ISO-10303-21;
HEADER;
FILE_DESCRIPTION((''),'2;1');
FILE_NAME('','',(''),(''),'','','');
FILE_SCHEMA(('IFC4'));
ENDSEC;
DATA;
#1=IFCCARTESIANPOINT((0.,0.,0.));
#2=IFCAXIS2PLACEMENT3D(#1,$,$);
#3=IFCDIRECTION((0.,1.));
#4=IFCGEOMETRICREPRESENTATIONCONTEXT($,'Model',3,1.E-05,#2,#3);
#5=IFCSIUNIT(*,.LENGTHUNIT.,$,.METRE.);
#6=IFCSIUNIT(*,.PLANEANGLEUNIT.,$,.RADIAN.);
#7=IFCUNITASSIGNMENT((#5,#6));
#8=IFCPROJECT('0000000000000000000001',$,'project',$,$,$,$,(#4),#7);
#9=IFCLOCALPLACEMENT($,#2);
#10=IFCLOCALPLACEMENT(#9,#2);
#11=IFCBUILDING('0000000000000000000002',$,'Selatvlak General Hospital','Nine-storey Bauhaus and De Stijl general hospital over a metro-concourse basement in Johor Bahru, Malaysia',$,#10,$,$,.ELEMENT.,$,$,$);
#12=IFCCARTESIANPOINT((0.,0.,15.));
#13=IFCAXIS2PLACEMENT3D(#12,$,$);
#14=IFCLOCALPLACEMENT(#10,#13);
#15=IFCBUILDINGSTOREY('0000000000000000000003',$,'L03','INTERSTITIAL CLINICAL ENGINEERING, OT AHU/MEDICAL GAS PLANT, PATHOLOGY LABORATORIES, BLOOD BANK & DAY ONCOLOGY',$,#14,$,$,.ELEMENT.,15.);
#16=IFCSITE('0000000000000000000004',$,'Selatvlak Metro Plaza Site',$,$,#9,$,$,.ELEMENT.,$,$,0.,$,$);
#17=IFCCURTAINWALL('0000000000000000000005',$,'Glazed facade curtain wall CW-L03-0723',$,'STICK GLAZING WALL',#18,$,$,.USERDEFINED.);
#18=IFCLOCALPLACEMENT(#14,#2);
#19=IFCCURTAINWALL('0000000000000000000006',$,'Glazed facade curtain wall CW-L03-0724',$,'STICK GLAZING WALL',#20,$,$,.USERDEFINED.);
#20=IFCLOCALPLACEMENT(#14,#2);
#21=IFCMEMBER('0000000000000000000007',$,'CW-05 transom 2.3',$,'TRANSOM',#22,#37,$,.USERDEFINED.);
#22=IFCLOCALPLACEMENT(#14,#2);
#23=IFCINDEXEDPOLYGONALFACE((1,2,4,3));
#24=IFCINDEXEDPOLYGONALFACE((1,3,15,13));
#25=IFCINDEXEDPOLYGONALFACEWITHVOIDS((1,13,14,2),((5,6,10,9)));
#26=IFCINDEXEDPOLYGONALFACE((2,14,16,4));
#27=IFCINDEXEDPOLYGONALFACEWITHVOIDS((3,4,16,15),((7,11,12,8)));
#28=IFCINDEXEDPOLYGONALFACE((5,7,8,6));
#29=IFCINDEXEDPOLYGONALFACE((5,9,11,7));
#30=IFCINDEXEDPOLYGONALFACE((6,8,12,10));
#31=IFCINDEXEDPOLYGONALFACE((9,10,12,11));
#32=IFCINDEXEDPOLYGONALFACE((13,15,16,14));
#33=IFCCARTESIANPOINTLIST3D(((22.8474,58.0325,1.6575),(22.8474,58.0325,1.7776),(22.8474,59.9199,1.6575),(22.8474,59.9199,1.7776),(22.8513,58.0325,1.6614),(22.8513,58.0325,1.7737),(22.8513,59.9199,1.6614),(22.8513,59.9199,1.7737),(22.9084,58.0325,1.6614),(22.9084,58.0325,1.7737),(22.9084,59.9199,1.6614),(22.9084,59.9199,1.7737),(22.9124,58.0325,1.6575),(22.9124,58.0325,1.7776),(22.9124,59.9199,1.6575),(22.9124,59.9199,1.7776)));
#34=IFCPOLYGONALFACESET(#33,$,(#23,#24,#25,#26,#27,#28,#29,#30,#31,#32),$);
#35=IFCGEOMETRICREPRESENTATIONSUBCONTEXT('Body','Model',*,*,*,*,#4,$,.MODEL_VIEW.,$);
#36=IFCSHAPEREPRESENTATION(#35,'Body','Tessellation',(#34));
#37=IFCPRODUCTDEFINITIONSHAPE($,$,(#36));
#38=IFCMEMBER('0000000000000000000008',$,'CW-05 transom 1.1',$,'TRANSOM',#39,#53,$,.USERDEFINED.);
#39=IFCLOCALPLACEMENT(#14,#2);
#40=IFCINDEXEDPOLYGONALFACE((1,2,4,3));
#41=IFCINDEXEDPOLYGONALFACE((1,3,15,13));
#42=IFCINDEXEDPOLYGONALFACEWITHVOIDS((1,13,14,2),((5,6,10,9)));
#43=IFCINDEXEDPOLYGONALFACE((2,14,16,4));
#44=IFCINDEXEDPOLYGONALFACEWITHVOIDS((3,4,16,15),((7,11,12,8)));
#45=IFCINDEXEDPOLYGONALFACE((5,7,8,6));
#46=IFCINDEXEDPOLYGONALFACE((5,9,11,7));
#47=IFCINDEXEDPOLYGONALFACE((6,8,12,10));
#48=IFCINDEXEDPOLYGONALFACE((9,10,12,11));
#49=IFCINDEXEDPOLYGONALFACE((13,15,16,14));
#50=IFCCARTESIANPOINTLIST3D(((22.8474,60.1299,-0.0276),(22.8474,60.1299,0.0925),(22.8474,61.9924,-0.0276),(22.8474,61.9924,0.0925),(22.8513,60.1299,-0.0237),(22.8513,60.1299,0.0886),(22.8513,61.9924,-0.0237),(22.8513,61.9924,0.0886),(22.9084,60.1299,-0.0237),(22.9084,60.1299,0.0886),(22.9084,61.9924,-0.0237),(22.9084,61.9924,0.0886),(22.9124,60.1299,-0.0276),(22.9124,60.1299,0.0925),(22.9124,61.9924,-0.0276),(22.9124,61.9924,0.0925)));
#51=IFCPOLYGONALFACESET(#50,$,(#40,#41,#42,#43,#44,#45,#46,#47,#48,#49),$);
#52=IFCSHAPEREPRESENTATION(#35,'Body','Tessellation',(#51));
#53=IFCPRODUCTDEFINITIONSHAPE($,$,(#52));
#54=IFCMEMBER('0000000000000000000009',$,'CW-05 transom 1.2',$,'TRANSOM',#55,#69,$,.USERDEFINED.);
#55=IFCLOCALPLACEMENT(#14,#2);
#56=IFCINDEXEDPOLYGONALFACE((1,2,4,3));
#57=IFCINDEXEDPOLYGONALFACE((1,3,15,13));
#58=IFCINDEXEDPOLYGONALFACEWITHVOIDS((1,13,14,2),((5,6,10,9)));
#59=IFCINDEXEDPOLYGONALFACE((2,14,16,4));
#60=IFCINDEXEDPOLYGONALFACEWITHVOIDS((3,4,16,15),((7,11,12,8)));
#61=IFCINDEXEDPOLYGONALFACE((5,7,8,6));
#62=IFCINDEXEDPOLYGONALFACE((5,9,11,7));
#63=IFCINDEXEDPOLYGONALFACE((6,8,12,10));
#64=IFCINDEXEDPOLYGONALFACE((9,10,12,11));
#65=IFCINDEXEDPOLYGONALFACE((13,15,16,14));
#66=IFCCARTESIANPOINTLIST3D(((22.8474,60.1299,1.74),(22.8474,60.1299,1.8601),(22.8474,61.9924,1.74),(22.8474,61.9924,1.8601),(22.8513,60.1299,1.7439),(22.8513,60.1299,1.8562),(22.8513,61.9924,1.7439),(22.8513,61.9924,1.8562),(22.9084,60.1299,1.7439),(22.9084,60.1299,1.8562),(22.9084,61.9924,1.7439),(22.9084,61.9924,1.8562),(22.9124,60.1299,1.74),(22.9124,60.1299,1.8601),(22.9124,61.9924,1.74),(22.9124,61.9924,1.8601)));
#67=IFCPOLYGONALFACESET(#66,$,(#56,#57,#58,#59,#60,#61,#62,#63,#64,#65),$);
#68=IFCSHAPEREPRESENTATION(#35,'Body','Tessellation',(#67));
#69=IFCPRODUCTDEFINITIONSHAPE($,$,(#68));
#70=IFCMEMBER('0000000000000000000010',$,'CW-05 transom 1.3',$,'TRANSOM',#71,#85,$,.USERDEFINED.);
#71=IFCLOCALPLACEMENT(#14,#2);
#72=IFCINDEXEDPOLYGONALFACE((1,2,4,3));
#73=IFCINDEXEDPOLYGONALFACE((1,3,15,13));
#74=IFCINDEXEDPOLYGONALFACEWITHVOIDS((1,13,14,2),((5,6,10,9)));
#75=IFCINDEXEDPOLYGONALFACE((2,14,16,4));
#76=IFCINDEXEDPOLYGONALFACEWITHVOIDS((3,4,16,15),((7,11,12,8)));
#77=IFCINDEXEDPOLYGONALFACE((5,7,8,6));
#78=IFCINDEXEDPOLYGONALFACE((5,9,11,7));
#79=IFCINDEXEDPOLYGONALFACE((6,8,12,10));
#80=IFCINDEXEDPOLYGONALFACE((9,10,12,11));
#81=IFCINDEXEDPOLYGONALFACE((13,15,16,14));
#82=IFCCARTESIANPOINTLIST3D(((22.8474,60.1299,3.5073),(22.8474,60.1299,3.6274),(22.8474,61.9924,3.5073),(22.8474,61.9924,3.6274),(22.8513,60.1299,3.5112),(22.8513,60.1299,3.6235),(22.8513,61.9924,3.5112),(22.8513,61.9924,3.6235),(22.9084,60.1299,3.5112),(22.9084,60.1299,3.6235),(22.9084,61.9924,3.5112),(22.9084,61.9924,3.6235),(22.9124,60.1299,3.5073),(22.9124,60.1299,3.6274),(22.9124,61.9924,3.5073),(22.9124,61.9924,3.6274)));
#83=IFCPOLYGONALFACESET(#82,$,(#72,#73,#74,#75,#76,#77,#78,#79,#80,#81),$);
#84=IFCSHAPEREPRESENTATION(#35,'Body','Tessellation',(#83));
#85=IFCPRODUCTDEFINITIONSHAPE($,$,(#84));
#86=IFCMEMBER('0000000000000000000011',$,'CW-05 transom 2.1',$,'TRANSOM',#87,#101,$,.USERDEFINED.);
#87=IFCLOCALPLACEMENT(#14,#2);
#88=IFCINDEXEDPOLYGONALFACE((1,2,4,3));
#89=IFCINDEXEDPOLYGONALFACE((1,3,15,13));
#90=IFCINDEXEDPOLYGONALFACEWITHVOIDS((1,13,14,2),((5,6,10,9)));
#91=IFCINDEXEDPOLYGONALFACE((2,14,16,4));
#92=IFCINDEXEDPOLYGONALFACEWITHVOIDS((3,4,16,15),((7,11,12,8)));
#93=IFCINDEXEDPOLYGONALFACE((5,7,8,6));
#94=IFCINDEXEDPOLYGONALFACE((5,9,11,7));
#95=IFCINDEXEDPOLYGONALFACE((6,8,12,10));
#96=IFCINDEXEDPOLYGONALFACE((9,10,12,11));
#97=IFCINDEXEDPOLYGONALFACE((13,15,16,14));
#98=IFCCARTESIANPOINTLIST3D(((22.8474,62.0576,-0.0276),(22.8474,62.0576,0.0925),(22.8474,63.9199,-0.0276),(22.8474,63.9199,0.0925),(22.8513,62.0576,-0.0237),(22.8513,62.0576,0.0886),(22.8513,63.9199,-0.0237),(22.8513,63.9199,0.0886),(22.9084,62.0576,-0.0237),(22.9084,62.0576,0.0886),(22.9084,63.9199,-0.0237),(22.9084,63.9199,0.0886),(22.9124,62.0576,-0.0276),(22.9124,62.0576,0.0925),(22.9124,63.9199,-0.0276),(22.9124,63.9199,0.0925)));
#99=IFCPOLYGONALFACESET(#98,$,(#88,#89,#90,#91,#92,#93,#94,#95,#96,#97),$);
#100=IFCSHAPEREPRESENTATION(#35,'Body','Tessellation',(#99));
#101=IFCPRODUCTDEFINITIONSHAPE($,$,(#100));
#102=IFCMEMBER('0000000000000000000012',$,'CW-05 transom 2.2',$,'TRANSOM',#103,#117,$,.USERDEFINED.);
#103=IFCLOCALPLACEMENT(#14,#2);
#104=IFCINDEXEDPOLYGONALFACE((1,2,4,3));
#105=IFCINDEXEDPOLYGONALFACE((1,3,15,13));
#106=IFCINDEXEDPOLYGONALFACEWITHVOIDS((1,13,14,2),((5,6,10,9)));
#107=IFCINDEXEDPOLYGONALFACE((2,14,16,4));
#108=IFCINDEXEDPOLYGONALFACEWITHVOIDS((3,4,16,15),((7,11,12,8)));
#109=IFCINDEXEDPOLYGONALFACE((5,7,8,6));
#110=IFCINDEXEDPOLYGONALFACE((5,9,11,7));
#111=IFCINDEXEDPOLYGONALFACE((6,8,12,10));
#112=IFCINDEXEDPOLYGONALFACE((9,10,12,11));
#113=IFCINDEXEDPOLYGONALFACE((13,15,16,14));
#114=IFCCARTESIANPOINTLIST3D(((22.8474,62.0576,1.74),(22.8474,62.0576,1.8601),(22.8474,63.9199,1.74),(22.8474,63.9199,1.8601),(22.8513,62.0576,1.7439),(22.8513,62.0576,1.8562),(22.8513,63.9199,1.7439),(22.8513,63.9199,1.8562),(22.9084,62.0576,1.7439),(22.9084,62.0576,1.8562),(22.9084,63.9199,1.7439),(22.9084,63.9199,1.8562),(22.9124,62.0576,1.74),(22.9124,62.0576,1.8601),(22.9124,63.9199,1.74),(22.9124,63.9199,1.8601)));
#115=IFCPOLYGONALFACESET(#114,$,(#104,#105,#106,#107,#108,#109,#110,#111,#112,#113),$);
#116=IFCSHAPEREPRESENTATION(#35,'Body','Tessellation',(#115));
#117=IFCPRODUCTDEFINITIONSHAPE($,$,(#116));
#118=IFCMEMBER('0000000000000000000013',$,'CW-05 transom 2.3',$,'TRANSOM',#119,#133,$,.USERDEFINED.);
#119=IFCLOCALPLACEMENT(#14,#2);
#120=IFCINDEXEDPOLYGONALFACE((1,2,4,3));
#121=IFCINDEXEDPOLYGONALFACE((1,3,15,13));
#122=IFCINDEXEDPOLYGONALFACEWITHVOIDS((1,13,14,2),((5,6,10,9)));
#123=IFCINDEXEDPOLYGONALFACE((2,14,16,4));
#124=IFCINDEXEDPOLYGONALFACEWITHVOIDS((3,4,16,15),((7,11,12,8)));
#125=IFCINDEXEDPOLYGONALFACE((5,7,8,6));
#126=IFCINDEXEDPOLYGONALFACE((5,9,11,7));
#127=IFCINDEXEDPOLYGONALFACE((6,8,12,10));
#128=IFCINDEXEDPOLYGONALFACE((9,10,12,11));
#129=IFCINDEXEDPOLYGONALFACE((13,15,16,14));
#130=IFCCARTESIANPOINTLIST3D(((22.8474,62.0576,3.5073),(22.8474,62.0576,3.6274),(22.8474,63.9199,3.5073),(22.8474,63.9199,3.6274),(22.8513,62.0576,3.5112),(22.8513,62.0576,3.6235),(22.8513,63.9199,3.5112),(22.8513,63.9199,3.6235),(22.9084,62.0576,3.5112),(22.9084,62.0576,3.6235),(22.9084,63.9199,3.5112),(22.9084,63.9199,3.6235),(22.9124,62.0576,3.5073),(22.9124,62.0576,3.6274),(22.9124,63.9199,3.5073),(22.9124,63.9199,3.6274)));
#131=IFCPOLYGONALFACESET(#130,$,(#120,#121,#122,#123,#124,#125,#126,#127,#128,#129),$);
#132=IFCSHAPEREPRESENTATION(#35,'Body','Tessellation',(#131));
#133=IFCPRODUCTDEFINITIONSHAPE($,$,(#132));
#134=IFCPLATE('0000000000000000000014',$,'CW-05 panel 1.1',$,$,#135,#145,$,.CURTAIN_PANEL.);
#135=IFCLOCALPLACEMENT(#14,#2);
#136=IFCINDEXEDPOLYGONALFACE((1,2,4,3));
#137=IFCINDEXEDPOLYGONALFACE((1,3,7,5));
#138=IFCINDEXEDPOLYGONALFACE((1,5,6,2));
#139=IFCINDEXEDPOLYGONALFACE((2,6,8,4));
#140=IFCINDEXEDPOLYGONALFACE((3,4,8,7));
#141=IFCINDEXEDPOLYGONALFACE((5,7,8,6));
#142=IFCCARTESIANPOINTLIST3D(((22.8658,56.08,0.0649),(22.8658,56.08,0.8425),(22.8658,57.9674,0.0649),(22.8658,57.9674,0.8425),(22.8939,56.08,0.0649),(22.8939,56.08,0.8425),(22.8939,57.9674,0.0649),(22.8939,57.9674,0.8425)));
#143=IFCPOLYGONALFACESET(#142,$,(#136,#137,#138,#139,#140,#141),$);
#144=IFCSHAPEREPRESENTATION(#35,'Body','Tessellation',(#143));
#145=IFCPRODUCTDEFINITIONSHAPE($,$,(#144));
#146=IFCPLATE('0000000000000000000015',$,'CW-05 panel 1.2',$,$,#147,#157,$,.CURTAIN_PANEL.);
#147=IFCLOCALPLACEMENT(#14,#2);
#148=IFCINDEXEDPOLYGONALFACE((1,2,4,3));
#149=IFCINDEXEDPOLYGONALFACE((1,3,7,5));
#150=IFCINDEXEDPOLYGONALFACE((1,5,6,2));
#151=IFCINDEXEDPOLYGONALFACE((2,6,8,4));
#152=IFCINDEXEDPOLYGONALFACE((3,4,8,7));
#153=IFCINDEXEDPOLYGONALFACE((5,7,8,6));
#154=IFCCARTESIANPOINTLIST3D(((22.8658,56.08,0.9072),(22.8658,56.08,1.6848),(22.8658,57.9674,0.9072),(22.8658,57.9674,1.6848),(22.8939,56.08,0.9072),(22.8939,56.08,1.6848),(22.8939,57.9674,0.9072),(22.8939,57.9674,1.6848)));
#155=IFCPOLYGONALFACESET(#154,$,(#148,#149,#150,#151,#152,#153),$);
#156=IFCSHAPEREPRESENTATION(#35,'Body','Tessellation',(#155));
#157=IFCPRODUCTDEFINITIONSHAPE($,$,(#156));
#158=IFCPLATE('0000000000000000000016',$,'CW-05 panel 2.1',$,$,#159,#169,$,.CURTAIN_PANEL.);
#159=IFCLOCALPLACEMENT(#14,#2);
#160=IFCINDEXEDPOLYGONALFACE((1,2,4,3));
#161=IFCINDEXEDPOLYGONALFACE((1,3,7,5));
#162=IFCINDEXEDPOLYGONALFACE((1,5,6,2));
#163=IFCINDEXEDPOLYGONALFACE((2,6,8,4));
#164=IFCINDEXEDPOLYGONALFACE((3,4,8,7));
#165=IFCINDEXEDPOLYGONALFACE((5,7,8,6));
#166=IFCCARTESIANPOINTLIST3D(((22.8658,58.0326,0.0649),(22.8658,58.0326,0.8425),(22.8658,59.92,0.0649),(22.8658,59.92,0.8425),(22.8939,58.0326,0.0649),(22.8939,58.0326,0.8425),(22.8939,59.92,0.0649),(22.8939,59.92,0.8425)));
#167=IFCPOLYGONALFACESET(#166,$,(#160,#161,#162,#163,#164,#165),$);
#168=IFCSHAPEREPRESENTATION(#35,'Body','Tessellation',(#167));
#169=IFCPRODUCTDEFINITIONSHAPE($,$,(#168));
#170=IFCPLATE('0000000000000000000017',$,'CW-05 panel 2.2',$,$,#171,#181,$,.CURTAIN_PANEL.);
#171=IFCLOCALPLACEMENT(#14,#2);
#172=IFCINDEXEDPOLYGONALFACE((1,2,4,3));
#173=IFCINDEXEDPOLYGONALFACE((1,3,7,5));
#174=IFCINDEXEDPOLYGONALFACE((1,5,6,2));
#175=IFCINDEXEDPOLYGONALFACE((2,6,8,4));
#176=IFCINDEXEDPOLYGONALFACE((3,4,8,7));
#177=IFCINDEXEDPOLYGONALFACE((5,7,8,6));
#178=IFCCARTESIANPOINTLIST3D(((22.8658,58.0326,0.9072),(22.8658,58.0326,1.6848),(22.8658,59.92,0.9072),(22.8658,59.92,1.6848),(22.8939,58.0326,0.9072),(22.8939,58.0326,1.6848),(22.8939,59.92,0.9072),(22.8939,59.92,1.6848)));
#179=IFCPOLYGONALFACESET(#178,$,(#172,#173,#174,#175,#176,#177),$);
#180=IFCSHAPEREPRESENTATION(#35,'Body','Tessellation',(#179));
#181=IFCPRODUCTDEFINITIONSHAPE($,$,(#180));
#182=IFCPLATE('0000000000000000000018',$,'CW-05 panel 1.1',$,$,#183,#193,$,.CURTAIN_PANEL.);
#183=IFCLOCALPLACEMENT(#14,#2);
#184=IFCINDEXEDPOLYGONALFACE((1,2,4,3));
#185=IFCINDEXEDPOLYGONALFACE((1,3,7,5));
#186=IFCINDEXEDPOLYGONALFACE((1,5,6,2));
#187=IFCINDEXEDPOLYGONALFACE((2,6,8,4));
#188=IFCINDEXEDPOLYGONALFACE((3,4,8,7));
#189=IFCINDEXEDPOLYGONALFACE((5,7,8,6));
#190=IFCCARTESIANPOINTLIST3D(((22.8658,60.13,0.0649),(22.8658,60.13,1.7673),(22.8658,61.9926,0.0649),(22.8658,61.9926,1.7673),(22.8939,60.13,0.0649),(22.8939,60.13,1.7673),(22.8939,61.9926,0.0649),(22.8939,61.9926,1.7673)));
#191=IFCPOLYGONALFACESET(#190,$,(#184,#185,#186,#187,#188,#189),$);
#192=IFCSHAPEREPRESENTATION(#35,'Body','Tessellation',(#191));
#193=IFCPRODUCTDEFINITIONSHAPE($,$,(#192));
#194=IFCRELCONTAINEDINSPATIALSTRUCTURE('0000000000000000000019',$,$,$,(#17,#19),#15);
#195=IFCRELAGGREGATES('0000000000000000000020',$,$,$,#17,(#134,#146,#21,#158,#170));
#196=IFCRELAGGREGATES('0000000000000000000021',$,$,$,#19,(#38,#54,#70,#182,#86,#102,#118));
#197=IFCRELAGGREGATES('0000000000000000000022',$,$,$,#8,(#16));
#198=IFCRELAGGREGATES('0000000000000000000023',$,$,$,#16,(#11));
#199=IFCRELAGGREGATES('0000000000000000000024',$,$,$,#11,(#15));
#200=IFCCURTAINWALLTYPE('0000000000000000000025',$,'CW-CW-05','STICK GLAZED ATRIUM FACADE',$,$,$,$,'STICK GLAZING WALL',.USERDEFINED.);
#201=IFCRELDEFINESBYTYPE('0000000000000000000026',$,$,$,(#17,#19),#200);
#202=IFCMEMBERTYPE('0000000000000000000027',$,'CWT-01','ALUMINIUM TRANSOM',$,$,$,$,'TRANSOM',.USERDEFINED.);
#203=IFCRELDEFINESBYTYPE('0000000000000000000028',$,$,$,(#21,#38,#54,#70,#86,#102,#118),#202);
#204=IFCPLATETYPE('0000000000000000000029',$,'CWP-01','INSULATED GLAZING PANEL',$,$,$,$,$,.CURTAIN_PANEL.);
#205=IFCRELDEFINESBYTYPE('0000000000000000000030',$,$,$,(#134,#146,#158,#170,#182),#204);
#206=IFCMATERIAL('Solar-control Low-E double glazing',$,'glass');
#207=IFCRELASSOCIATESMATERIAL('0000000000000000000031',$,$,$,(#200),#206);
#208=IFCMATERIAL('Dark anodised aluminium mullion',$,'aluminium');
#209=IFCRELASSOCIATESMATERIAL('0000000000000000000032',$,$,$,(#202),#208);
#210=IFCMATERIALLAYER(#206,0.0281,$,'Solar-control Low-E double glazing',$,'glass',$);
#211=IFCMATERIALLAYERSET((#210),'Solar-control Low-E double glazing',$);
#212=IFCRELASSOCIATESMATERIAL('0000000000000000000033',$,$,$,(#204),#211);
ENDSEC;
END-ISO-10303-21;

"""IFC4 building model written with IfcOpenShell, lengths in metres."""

from ifc_helpers import new_model, si_unit, direction, frame, origin, origin_2d, place, context, subcontext, project, spatial, rectangle, hollow_rectangle, extrude, material, layer, layer_set, material_profile, profile_set, type_object, element, aggregate, save


model = new_model("IFC4")

# Units and contexts
model_context = context("Model", 3, precision=1e-05, world=origin(), true_north=direction((0.0, 1.0)))
body_context = subcontext(model_context, "Body", "Model", "MODEL_VIEW")
ifc_project = project(units=[si_unit("LENGTHUNIT", "METRE"), si_unit("PLANEANGLEUNIT", "RADIAN")], contexts=[model_context])

# Site, building, storey
site_placement = place(None, origin())
site = spatial("IfcSite", under=ifc_project, at=site_placement, Name="Selatvlak Metro Plaza Site", CompositionType="ELEMENT", RefElevation=0.0)
building_placement = place(site_placement, origin())
building = spatial("IfcBuilding", under=site, at=building_placement, Name="Selatvlak General Hospital", Description="Nine-storey Bauhaus and De Stijl general hospital over a metro-concourse basement in Johor Bahru, Malaysia", CompositionType="ELEMENT")
storey_placement = place(building_placement, frame((0.0, 0.0, 15.0)))
storey = spatial("IfcBuildingStorey", under=building, at=storey_placement, Name="L03", Description="INTERSTITIAL CLINICAL ENGINEERING, OT AHU/MEDICAL GAS PLANT, PATHOLOGY LABORATORIES, BLOOD BANK & DAY ONCOLOGY", CompositionType="ELEMENT", Elevation=15.0)

# Curtain walls
ifc_material_1 = material(Name="Solar-control Low-E double glazing", Category="glass")
curtain_wall_type = type_object("IfcCurtainWallType", Name="CW-CW-05", Description="STICK GLAZED ATRIUM FACADE", ElementType="STICK GLAZING WALL", PredefinedType="USERDEFINED", material=ifc_material_1)
curtain_wall_1_placement = place(storey_placement, origin())
curtain_wall_1 = element("IfcCurtainWall", 1, at=curtain_wall_1_placement, inside=storey, type_object=curtain_wall_type, Name="Glazed facade curtain wall CW-L03-0723", ObjectType="STICK GLAZING WALL", PredefinedType="USERDEFINED")
ifc_material_2 = material(Name="Dark anodised aluminium mullion", Category="aluminium")
curtain_wall_2_placement = place(storey_placement, origin())
curtain_wall_2 = element("IfcCurtainWall", 2, at=curtain_wall_2_placement, inside=storey, type_object=curtain_wall_type, Name="Glazed facade curtain wall CW-L03-0724", ObjectType="STICK GLAZING WALL", PredefinedType="USERDEFINED")

# Members
ifc_material_profile_1 = material_profile(ifc_material_2, hollow_rectangle(XDim=0.0649, YDim=0.1201, WallThickness=0.0039, at=origin_2d()), Name="AL-TRN 65x120x4")
ifc_profile_set_1 = profile_set([ifc_material_profile_1], Name="Dark anodised aluminium mullion")
member_type_1 = type_object("IfcMemberType", Name="CWT-01", Description="ALUMINIUM TRANSOM", ElementType="TRANSOM", PredefinedType="USERDEFINED", material=ifc_profile_set_1)
member_1_placement = place(storey_placement, frame((22.8799, 58.0325, 1.7175), z_axis=(0.0, 1.0, 0.0), x_axis=(-1.0, 0.0, 0.0)))
member_1 = element("IfcMember", 3, at=member_1_placement, type_object=member_type_1, Name="CW-05 transom 2.3", ObjectType="TRANSOM", PredefinedType="USERDEFINED", context=body_context, shape_type="SweptSolid", body=[
    extrude(hollow_rectangle(XDim=0.0649, YDim=0.1201, WallThickness=0.0039, at=origin_2d()), origin(), (0.0, 0.0, 1.0), 1.8875),
])
member_2_placement = place(storey_placement, frame((22.8799, 60.1299, 0.0325), z_axis=(0.0, 1.0, 0.0), x_axis=(-1.0, 0.0, 0.0)))
member_2 = element("IfcMember", 4, at=member_2_placement, type_object=member_type_1, Name="CW-05 transom 1.1", ObjectType="TRANSOM", PredefinedType="USERDEFINED", context=body_context, shape_type="SweptSolid", body=[
    extrude(hollow_rectangle(XDim=0.0649, YDim=0.1201, WallThickness=0.0039, at=origin_2d()), origin(), (0.0, 0.0, 1.0), 1.8625),
])
member_3_placement = place(storey_placement, frame((22.8799, 60.1299, 1.8), z_axis=(0.0, 1.0, 0.0), x_axis=(-1.0, 0.0, 0.0)))
member_3 = element("IfcMember", 5, at=member_3_placement, type_object=member_type_1, Name="CW-05 transom 1.2", ObjectType="TRANSOM", PredefinedType="USERDEFINED", context=body_context, shape_type="SweptSolid", body=[
    extrude(hollow_rectangle(XDim=0.0649, YDim=0.1201, WallThickness=0.0039, at=origin_2d()), origin(), (0.0, 0.0, 1.0), 1.8625),
])
member_4_placement = place(storey_placement, frame((22.8799, 60.1299, 3.5674), z_axis=(0.0, 1.0, 0.0), x_axis=(-1.0, 0.0, 0.0)))
member_4 = element("IfcMember", 6, at=member_4_placement, type_object=member_type_1, Name="CW-05 transom 1.3", ObjectType="TRANSOM", PredefinedType="USERDEFINED", context=body_context, shape_type="SweptSolid", body=[
    extrude(hollow_rectangle(XDim=0.0649, YDim=0.1201, WallThickness=0.0039, at=origin_2d()), origin(), (0.0, 0.0, 1.0), 1.8625),
])
member_5_placement = place(storey_placement, frame((22.8799, 62.0576, 0.0325), z_axis=(0.0, 1.0, 0.0), x_axis=(-1.0, 0.0, 0.0)))
member_5 = element("IfcMember", 7, at=member_5_placement, type_object=member_type_1, Name="CW-05 transom 2.1", ObjectType="TRANSOM", PredefinedType="USERDEFINED", context=body_context, shape_type="SweptSolid", body=[
    extrude(hollow_rectangle(XDim=0.0649, YDim=0.1201, WallThickness=0.0039, at=origin_2d()), origin(), (0.0, 0.0, 1.0), 1.8623),
])
member_6_placement = place(storey_placement, frame((22.8799, 62.0576, 1.8), z_axis=(0.0, 1.0, 0.0), x_axis=(-1.0, 0.0, 0.0)))
member_6 = element("IfcMember", 8, at=member_6_placement, type_object=member_type_1, Name="CW-05 transom 2.2", ObjectType="TRANSOM", PredefinedType="USERDEFINED", context=body_context, shape_type="SweptSolid", body=[
    extrude(hollow_rectangle(XDim=0.0649, YDim=0.1201, WallThickness=0.0039, at=origin_2d()), origin(), (0.0, 0.0, 1.0), 1.8623),
])
member_7_placement = place(storey_placement, frame((22.8799, 62.0576, 3.5674), z_axis=(0.0, 1.0, 0.0), x_axis=(-1.0, 0.0, 0.0)))
member_7 = element("IfcMember", 9, at=member_7_placement, type_object=member_type_1, Name="CW-05 transom 2.3", ObjectType="TRANSOM", PredefinedType="USERDEFINED", context=body_context, shape_type="SweptSolid", body=[
    extrude(hollow_rectangle(XDim=0.0649, YDim=0.1201, WallThickness=0.0039, at=origin_2d()), origin(), (0.0, 0.0, 1.0), 1.8623),
])

# Plates
ifc_layer_1 = layer(ifc_material_1, 0.0281, Name="Solar-control Low-E double glazing", Category="glass")
ifc_layer_set_1 = layer_set([ifc_layer_1], Name="Solar-control Low-E double glazing")
plate_type = type_object("IfcPlateType", Name="CWP-01", Description="INSULATED GLAZING PANEL", PredefinedType="CURTAIN_PANEL", material=ifc_layer_set_1)
plate_1_placement = place(storey_placement, frame((22.8799, 57.0237, 0.0649), z_axis=(0.0, 0.0, 1.0), x_axis=(0.0, 1.0, 0.0)))
plate_1 = element("IfcPlate", 10, at=plate_1_placement, type_object=plate_type, Name="CW-05 panel 1.1", PredefinedType="CURTAIN_PANEL", context=body_context, shape_type="SweptSolid", body=[
    extrude(rectangle(XDim=1.8875, YDim=0.0281, at=origin_2d()), origin(), (0.0, 0.0, 1.0), 0.7776),
])
plate_2_placement = place(storey_placement, frame((22.8799, 57.0237, 0.9072), z_axis=(0.0, 0.0, 1.0), x_axis=(0.0, 1.0, 0.0)))
plate_2 = element("IfcPlate", 11, at=plate_2_placement, type_object=plate_type, Name="CW-05 panel 1.2", PredefinedType="CURTAIN_PANEL", context=body_context, shape_type="SweptSolid", body=[
    extrude(rectangle(XDim=1.8875, YDim=0.0281, at=origin_2d()), origin(), (0.0, 0.0, 1.0), 0.7776),
])
plate_3_placement = place(storey_placement, frame((22.8799, 58.9763, 0.0649), z_axis=(0.0, 0.0, 1.0), x_axis=(0.0, 1.0, 0.0)))
plate_3 = element("IfcPlate", 12, at=plate_3_placement, type_object=plate_type, Name="CW-05 panel 2.1", PredefinedType="CURTAIN_PANEL", context=body_context, shape_type="SweptSolid", body=[
    extrude(rectangle(XDim=1.8875, YDim=0.0281, at=origin_2d()), origin(), (0.0, 0.0, 1.0), 0.7776),
])
plate_4_placement = place(storey_placement, frame((22.8799, 58.9763, 0.9072), z_axis=(0.0, 0.0, 1.0), x_axis=(0.0, 1.0, 0.0)))
plate_4 = element("IfcPlate", 13, at=plate_4_placement, type_object=plate_type, Name="CW-05 panel 2.2", PredefinedType="CURTAIN_PANEL", context=body_context, shape_type="SweptSolid", body=[
    extrude(rectangle(XDim=1.8875, YDim=0.0281, at=origin_2d()), origin(), (0.0, 0.0, 1.0), 0.7776),
])
aggregate(curtain_wall_1, [plate_1, plate_2, member_1, plate_3, plate_4])
plate_5_placement = place(storey_placement, frame((22.8799, 61.0613, 0.0649), z_axis=(0.0, 0.0, 1.0), x_axis=(0.0, 1.0, 0.0)))
plate_5 = element("IfcPlate", 14, at=plate_5_placement, type_object=plate_type, Name="CW-05 panel 1.1", PredefinedType="CURTAIN_PANEL", context=body_context, shape_type="SweptSolid", body=[
    extrude(rectangle(XDim=1.8625, YDim=0.0281, at=origin_2d()), origin(), (0.0, 0.0, 1.0), 1.7024),
])
aggregate(curtain_wall_2, [member_2, member_3, member_4, plate_5, member_5, member_6, member_7])

save(model, "model.ifc")
